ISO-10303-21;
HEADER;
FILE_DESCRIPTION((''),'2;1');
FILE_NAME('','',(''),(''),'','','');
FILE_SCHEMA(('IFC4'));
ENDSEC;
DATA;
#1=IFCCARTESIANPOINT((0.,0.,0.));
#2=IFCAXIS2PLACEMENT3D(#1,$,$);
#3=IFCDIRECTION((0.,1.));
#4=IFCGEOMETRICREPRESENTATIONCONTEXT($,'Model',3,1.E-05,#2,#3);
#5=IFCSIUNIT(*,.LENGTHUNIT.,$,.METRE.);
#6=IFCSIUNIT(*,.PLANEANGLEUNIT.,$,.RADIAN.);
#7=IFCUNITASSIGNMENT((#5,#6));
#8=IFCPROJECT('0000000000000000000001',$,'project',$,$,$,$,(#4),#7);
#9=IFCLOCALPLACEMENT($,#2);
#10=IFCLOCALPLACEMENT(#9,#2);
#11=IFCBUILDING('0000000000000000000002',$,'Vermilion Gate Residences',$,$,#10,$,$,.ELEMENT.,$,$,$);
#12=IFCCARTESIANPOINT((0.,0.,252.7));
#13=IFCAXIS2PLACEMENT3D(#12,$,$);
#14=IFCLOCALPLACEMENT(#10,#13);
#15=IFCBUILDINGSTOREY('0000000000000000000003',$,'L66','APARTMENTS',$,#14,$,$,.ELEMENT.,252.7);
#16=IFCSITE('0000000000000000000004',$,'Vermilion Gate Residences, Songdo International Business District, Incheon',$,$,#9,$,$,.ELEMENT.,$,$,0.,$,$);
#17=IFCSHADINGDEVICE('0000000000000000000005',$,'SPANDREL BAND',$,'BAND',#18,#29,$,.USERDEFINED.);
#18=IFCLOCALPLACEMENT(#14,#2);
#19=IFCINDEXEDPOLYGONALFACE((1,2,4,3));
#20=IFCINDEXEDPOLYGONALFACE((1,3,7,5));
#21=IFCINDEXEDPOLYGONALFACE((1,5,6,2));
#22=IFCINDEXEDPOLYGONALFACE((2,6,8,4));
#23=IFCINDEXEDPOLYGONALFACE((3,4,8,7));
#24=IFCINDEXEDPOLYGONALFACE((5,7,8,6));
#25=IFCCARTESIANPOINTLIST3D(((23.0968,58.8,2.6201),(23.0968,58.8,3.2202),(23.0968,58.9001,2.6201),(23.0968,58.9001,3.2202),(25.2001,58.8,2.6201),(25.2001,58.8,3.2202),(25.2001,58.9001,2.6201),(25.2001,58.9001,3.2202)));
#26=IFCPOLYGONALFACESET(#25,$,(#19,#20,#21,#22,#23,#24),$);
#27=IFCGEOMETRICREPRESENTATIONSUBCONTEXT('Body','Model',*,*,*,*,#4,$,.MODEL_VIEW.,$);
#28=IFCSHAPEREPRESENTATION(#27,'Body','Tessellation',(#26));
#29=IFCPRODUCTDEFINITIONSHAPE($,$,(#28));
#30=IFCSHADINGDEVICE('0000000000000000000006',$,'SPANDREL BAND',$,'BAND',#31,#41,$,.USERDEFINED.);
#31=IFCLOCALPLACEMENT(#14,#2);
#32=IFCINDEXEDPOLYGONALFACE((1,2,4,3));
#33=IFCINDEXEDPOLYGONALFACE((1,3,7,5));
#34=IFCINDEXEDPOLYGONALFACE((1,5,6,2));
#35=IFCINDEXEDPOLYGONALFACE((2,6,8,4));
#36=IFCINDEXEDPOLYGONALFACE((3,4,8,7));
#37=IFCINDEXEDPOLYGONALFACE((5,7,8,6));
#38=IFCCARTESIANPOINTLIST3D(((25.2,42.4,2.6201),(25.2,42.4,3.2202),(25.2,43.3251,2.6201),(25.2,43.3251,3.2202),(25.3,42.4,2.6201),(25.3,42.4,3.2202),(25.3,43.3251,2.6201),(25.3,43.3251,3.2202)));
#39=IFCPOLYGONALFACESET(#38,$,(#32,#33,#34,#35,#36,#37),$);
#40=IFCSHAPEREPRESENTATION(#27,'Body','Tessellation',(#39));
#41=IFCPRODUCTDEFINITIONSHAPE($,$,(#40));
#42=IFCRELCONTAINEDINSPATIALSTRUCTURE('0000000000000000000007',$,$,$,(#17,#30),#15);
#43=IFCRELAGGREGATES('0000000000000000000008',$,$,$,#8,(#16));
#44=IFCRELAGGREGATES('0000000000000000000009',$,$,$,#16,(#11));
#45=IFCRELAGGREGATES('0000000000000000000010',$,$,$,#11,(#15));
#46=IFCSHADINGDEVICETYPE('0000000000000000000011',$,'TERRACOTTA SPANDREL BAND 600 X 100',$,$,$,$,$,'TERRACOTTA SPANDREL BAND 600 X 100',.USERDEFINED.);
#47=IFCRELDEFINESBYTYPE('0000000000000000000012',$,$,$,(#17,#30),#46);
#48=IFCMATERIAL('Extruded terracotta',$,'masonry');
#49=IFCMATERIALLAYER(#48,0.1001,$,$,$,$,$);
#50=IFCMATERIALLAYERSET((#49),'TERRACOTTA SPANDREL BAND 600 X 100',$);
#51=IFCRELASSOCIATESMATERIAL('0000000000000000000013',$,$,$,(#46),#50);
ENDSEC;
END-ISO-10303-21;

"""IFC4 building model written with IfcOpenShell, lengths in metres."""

from ifc_helpers import new_model, si_unit, direction, frame, origin, origin_2d, place, context, subcontext, project, spatial, rectangle, extrude, material, layer, layer_set, type_object, element, save


model = new_model("IFC4")

# Units and contexts
model_context = context("Model", 3, precision=1e-05, world=origin(), true_north=direction((0.0, 1.0)))
body_context = subcontext(model_context, "Body", "Model", "MODEL_VIEW")
ifc_project = project(units=[si_unit("LENGTHUNIT", "METRE"), si_unit("PLANEANGLEUNIT", "RADIAN")], contexts=[model_context])

# Site, building, storey
site_placement = place(None, origin())
site = spatial("IfcSite", under=ifc_project, at=site_placement, Name="Vermilion Gate Residences, Songdo International Business District, Incheon", CompositionType="ELEMENT", RefElevation=0.0)
building_placement = place(site_placement, origin())
building = spatial("IfcBuilding", under=site, at=building_placement, Name="Vermilion Gate Residences", CompositionType="ELEMENT")
storey_placement = place(building_placement, frame((0.0, 0.0, 252.7)))
storey = spatial("IfcBuildingStorey", under=building, at=storey_placement, Name="L66", Description="APARTMENTS", CompositionType="ELEMENT", Elevation=252.7)

# Shading devices
ifc_material_1 = material(Name="Extruded terracotta", Category="masonry")
ifc_layer_1 = layer(ifc_material_1, 0.1001)
ifc_layer_set_1 = layer_set([ifc_layer_1], Name="TERRACOTTA SPANDREL BAND 600 X 100")
shading_device_type = type_object("IfcShadingDeviceType", Name="TERRACOTTA SPANDREL BAND 600 X 100", ElementType="TERRACOTTA SPANDREL BAND 600 X 100", PredefinedType="USERDEFINED", material=ifc_layer_set_1)
shading_device_1_placement = place(storey_placement, frame((24.1484, 58.8501, 2.6201), z_axis=(0.0, 0.0, 1.0), x_axis=(1.0, 0.0, 0.0)))
element("IfcShadingDevice", 1, at=shading_device_1_placement, inside=storey, type_object=shading_device_type, Name="SPANDREL BAND", ObjectType="BAND", PredefinedType="USERDEFINED", context=body_context, shape_type="SweptSolid", body=[
    extrude(rectangle(XDim=2.1033, YDim=0.1001, at=origin_2d()), origin(), (0.0, 0.0, 1.0), 0.6001),
])
shading_device_2_placement = place(storey_placement, frame((25.25, 42.8625, 2.6201), z_axis=(0.0, 0.0, 1.0), x_axis=(0.0, 1.0, 0.0)))
element("IfcShadingDevice", 2, at=shading_device_2_placement, inside=storey, type_object=shading_device_type, Name="SPANDREL BAND", ObjectType="BAND", PredefinedType="USERDEFINED", context=body_context, shape_type="SweptSolid", body=[
    extrude(rectangle(XDim=0.925, YDim=0.1001, at=origin_2d()), origin(), (0.0, 0.0, 1.0), 0.6001),
])

save(model, "model.ifc")
